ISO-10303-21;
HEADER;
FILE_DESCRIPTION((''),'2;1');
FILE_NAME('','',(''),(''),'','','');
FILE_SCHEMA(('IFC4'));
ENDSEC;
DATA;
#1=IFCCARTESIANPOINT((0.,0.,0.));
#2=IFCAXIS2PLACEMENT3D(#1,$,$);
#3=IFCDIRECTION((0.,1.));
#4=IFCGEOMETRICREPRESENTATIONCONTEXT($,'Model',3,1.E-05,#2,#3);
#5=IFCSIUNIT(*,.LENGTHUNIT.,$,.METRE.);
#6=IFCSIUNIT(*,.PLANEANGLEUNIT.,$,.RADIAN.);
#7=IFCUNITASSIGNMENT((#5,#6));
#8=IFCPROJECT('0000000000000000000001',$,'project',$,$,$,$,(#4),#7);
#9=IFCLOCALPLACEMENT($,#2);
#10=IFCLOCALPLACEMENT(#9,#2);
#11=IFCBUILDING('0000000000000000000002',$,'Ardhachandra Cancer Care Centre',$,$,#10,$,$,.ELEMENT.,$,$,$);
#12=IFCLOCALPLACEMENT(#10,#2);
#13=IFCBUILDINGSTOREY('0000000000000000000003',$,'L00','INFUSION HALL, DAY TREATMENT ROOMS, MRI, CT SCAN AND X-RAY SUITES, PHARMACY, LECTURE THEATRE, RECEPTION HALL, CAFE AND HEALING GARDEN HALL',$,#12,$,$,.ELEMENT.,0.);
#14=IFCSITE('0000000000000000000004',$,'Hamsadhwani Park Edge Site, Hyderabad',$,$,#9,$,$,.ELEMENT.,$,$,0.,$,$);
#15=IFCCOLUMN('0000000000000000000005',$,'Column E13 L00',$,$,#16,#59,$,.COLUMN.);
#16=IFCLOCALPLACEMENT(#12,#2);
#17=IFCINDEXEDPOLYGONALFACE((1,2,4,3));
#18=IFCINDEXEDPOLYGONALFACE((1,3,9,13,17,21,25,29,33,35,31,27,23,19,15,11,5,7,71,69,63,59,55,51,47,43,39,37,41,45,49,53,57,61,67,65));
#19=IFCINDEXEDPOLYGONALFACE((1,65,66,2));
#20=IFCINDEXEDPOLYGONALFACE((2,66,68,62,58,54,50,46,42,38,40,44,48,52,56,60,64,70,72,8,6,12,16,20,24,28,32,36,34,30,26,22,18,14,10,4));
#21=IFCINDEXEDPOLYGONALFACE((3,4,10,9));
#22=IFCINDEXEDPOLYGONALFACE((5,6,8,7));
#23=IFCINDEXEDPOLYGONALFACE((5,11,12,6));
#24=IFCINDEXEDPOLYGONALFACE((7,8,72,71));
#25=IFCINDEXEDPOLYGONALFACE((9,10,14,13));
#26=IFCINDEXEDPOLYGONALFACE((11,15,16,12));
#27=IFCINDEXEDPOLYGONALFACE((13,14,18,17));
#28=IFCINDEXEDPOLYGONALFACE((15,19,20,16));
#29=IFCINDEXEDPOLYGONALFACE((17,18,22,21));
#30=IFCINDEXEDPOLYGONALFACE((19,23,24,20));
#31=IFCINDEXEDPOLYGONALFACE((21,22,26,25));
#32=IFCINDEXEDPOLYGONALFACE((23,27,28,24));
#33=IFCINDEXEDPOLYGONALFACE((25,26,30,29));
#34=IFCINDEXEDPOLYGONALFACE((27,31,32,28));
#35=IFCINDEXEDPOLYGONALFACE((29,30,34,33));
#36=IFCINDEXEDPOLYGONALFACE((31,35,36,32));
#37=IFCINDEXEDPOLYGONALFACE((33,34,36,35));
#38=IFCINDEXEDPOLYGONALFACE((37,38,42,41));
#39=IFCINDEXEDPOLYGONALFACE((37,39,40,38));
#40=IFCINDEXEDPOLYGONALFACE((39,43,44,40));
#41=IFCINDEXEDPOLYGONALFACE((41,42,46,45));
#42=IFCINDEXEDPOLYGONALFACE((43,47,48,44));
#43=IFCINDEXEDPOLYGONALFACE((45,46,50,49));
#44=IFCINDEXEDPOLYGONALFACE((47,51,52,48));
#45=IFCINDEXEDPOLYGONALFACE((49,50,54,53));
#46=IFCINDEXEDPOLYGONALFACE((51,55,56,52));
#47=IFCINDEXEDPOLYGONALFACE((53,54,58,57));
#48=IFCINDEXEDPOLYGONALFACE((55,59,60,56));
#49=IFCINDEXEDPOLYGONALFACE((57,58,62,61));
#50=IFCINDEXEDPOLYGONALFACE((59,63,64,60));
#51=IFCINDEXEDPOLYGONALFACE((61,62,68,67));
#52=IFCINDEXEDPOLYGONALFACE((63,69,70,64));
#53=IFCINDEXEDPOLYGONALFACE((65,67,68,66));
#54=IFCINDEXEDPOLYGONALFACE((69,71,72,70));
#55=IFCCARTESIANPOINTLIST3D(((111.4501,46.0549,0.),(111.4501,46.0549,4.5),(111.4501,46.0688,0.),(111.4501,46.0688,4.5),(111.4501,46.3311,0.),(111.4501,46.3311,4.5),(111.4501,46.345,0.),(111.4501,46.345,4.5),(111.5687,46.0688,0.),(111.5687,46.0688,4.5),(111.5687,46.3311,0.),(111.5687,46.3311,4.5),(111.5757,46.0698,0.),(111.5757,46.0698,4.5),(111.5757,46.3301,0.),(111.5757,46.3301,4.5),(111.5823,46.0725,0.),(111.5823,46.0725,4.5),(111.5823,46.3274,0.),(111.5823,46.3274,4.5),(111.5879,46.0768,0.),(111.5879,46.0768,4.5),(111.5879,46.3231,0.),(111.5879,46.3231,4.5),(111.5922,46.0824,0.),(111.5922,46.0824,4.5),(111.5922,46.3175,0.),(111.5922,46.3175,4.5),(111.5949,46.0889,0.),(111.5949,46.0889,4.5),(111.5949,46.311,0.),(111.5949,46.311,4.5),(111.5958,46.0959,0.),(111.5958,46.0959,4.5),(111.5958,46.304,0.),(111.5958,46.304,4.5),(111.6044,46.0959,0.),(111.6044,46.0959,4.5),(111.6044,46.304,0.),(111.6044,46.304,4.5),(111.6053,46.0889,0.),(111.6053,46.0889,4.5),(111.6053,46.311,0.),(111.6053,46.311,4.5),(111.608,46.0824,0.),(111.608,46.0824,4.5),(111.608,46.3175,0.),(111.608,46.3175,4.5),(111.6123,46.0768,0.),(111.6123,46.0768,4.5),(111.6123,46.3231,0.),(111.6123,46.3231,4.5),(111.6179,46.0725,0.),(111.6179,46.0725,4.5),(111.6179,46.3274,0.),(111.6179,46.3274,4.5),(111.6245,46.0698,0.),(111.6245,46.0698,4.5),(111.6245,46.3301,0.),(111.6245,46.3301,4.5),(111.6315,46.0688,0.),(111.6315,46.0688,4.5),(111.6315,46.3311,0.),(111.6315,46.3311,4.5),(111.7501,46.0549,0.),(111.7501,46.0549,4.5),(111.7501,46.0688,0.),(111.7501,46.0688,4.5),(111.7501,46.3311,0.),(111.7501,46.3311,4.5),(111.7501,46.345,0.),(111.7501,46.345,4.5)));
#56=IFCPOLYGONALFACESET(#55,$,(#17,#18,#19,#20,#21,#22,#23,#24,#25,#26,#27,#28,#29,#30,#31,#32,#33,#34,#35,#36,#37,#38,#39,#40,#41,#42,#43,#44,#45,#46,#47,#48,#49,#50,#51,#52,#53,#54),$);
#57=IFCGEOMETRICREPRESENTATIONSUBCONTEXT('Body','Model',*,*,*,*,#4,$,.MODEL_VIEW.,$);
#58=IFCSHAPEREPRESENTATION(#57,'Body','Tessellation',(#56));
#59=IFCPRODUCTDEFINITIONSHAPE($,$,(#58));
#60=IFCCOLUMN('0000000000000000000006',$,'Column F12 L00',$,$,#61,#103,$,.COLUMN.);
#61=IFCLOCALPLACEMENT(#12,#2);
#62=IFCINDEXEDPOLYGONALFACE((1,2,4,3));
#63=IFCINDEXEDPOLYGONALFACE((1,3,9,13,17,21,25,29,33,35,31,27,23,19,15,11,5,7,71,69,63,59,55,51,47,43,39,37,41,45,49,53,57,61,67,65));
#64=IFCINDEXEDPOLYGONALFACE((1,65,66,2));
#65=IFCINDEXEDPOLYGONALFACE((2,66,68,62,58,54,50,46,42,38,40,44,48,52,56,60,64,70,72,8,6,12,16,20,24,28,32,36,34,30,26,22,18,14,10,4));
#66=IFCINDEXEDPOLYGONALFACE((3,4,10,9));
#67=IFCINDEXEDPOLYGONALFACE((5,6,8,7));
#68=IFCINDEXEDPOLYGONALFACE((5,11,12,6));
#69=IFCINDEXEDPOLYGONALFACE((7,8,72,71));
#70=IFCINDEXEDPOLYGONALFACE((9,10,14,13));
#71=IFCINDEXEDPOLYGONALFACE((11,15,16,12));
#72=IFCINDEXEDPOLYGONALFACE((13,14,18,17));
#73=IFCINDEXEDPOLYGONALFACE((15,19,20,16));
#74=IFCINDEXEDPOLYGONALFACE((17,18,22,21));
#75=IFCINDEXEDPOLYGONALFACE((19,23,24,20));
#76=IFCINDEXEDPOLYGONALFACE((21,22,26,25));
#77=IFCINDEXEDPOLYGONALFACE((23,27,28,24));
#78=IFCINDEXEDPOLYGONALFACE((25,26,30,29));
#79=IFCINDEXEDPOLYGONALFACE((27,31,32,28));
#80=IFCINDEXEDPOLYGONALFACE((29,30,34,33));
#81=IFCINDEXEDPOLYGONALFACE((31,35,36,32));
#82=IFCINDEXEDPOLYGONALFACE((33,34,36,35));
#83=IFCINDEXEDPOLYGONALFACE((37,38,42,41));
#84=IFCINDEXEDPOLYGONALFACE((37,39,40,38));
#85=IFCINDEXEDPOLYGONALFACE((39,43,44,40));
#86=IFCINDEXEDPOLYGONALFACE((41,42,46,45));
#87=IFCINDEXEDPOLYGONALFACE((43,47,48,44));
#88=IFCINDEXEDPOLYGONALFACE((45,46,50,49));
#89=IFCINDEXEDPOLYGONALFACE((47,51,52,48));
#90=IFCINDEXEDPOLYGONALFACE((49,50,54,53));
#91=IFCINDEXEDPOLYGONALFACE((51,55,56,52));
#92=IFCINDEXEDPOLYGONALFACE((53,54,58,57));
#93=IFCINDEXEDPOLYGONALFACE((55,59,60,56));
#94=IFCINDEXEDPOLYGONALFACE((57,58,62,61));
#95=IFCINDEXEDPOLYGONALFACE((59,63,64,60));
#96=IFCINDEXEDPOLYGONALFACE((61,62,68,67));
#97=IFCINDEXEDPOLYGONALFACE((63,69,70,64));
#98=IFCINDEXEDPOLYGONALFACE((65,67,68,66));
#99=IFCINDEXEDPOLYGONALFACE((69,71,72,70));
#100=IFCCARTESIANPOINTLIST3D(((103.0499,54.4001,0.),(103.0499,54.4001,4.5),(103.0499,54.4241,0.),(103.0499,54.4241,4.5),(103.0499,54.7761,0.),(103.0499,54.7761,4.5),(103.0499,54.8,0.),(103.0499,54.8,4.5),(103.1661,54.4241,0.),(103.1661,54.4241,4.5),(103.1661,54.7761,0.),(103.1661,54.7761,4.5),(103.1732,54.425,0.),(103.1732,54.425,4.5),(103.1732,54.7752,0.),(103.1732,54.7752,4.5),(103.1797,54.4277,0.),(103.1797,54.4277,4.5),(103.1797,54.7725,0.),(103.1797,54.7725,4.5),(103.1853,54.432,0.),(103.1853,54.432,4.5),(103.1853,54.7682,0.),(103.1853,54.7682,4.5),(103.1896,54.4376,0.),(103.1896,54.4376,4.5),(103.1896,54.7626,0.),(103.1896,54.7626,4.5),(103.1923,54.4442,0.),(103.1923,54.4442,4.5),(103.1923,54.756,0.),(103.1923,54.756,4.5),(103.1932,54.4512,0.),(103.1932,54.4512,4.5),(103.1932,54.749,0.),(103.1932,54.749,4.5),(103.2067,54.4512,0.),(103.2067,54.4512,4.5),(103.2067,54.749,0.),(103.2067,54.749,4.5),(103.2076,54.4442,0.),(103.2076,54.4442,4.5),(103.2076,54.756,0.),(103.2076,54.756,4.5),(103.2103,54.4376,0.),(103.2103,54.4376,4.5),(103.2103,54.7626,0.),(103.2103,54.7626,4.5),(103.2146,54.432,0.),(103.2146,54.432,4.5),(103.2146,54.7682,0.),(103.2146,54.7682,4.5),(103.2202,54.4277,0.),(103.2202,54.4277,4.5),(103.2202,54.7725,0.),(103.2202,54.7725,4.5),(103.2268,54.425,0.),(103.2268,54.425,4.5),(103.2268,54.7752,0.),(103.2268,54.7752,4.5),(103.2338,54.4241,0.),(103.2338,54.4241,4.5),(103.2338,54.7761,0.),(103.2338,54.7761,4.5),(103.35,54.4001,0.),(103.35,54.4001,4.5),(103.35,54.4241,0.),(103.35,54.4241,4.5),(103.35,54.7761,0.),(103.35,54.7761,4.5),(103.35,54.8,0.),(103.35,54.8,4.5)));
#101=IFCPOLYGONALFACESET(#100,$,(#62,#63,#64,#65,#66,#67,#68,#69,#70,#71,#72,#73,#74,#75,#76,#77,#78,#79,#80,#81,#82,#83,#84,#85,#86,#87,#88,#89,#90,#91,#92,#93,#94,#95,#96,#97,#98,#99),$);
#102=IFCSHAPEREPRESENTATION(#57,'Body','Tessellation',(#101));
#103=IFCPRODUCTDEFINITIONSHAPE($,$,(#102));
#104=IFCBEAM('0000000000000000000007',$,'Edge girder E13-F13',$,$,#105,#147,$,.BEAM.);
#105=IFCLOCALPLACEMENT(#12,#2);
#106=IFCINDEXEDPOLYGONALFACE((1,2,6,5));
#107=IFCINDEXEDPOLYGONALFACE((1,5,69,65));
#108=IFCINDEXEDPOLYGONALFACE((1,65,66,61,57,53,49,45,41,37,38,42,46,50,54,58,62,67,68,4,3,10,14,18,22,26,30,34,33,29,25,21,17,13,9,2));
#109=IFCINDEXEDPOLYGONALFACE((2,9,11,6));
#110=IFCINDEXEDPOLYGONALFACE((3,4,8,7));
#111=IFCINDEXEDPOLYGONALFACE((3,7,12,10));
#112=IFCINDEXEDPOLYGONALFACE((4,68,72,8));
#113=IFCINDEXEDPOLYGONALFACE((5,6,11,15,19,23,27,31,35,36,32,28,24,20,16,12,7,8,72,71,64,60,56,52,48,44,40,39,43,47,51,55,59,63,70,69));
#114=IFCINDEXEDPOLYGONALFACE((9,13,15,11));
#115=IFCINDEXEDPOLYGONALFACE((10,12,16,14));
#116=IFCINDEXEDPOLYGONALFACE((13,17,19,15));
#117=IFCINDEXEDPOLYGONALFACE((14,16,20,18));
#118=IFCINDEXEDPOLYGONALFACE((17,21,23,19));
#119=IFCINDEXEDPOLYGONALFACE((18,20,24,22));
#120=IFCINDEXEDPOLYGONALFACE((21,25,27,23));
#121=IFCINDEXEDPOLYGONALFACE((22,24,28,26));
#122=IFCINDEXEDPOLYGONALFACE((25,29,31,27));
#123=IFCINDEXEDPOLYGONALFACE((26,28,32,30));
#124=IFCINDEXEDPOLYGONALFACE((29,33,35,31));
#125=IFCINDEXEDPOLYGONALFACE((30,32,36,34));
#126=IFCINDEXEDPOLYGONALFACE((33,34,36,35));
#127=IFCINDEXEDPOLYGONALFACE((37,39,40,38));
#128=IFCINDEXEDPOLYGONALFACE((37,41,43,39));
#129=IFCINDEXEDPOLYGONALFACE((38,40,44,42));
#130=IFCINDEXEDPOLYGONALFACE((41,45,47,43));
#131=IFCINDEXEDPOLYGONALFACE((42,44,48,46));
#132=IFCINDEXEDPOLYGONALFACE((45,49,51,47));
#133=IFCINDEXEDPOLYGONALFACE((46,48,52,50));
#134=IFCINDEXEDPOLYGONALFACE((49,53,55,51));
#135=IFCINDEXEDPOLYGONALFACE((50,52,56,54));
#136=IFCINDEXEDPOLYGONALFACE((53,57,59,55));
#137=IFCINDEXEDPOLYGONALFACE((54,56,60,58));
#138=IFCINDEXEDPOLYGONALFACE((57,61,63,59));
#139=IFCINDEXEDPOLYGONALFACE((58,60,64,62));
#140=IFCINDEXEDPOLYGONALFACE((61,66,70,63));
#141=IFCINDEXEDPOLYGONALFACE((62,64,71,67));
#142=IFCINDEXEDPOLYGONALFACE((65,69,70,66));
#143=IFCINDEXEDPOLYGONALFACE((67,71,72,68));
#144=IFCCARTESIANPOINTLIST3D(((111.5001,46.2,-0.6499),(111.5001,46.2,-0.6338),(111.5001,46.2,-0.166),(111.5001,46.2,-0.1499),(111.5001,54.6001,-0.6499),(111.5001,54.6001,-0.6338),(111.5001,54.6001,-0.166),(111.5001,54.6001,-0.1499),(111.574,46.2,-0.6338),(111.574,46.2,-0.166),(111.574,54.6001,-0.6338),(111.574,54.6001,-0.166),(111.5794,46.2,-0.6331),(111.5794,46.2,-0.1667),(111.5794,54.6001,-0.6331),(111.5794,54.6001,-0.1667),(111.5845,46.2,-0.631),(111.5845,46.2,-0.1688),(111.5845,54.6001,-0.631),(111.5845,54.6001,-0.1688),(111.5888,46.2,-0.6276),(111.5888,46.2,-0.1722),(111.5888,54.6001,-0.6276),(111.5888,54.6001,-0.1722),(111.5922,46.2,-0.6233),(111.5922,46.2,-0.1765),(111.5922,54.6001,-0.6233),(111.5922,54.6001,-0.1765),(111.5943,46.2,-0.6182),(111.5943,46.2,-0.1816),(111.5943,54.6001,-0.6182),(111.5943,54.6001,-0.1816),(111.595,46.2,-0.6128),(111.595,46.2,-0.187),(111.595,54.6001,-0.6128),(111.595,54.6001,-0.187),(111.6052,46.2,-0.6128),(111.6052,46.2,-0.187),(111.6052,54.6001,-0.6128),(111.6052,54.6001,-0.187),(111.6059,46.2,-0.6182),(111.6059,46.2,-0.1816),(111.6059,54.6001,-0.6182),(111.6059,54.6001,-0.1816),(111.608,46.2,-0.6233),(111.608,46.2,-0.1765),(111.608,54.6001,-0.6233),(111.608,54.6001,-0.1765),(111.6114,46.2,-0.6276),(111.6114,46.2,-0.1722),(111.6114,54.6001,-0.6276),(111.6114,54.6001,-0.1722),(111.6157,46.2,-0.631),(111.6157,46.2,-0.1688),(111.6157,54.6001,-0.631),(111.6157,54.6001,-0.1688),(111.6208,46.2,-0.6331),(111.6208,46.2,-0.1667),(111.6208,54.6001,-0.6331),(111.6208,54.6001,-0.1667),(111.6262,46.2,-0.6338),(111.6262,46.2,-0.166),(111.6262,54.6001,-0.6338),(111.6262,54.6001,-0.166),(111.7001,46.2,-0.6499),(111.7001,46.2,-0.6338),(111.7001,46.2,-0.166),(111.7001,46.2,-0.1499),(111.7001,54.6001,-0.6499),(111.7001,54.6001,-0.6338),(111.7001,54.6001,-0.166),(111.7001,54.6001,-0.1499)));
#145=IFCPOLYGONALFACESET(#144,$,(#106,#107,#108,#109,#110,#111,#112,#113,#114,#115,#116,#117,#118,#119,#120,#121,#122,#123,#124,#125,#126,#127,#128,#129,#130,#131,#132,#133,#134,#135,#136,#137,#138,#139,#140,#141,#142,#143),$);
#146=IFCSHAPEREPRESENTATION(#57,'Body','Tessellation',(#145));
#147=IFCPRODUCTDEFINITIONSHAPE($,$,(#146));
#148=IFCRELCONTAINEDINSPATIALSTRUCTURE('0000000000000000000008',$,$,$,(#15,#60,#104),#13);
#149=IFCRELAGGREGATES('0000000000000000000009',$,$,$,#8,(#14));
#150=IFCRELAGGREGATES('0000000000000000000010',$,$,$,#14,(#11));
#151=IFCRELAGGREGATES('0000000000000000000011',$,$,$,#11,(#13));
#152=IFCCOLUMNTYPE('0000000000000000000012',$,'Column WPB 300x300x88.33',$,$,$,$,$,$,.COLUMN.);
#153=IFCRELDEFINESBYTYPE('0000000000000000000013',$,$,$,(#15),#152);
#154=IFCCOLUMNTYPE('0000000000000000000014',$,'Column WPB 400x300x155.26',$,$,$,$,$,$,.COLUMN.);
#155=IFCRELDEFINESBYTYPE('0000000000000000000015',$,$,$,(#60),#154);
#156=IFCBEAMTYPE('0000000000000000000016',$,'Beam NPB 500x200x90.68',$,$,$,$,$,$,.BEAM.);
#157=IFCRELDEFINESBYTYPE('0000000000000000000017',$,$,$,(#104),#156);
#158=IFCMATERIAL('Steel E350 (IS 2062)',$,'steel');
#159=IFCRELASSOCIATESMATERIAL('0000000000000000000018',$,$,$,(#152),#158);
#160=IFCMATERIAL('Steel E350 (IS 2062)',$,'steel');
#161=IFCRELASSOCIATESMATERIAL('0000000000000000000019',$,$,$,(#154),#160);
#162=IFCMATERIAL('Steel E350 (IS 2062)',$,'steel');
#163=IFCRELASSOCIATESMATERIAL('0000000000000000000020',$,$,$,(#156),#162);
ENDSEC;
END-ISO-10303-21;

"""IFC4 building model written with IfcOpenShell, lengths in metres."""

from ifc_helpers import new_model, si_unit, direction, frame, origin, origin_2d, place, context, subcontext, project, spatial, i_section, extrude, material, material_profile, profile_set, type_object, element, save


model = new_model("IFC4")

# Units and contexts
model_context = context("Model", 3, precision=1e-05, world=origin(), true_north=direction((0.0, 1.0)))
body_context = subcontext(model_context, "Body", "Model", "MODEL_VIEW")
ifc_project = project(units=[si_unit("LENGTHUNIT", "METRE"), si_unit("PLANEANGLEUNIT", "RADIAN")], contexts=[model_context])

# Site, building, storey
site_placement = place(None, origin())
site = spatial("IfcSite", under=ifc_project, at=site_placement, Name="Hamsadhwani Park Edge Site, Hyderabad", CompositionType="ELEMENT", RefElevation=0.0)
building_placement = place(site_placement, origin())
building = spatial("IfcBuilding", under=site, at=building_placement, Name="Ardhachandra Cancer Care Centre", CompositionType="ELEMENT")
storey_placement = place(building_placement, origin())
storey = spatial("IfcBuildingStorey", under=building, at=storey_placement, Name="L00", Description="INFUSION HALL, DAY TREATMENT ROOMS, MRI, CT SCAN AND X-RAY SUITES, PHARMACY, LECTURE THEATRE, RECEPTION HALL, CAFE AND HEALING GARDEN HALL", CompositionType="ELEMENT", Elevation=0.0)

# Columns
ifc_material_1 = material(Name="Steel E350 (IS 2062)", Category="steel")
ifc_material_profile_1 = material_profile(ifc_material_1, i_section(OverallWidth=0.3, OverallDepth=0.29, WebThickness=0.0085, FlangeThickness=0.0139, FilletRadius=0.0271, at=origin_2d()), Name="WPB 300x300x88.33")
ifc_profile_set_1 = profile_set([ifc_material_profile_1], Name="Steel E350 (IS 2062)")
column_type_1 = type_object("IfcColumnType", Name="Column WPB 300x300x88.33", PredefinedType="COLUMN", material=ifc_profile_set_1)
column_1_placement = place(storey_placement, frame((111.6001, 46.2, 0.0), z_axis=(0.0, 0.0, 1.0), x_axis=(1.0, 0.0, 0.0)))
element("IfcColumn", 1, at=column_1_placement, inside=storey, type_object=column_type_1, Name="Column E13 L00", PredefinedType="COLUMN", context=body_context, shape_type="SweptSolid", body=[
    extrude(i_section(OverallWidth=0.3, OverallDepth=0.29, WebThickness=0.0085, FlangeThickness=0.0139, FilletRadius=0.0271, at=origin_2d()), origin(), (0.0, 0.0, 1.0), 4.5),
])
ifc_material_2 = material(Name="Steel E350 (IS 2062)", Category="steel")
ifc_material_profile_2 = material_profile(ifc_material_2, i_section(OverallWidth=0.3, OverallDepth=0.3999, WebThickness=0.0134, FlangeThickness=0.0239, FilletRadius=0.0271, at=origin_2d()), Name="WPB 400x300x155.26")
ifc_profile_set_2 = profile_set([ifc_material_profile_2], Name="Steel E350 (IS 2062)")
column_type_2 = type_object("IfcColumnType", Name="Column WPB 400x300x155.26", PredefinedType="COLUMN", material=ifc_profile_set_2)
column_2_placement = place(storey_placement, frame((103.2, 54.6001, 0.0), z_axis=(0.0, 0.0, 1.0), x_axis=(1.0, 0.0, 0.0)))
element("IfcColumn", 2, at=column_2_placement, inside=storey, type_object=column_type_2, Name="Column F12 L00", PredefinedType="COLUMN", context=body_context, shape_type="SweptSolid", body=[
    extrude(i_section(OverallWidth=0.3, OverallDepth=0.3999, WebThickness=0.0134, FlangeThickness=0.0239, FilletRadius=0.0271, at=origin_2d()), origin(), (0.0, 0.0, 1.0), 4.5),
])

# Beam
ifc_material_3 = material(Name="Steel E350 (IS 2062)", Category="steel")
ifc_material_profile_3 = material_profile(ifc_material_3, i_section(OverallWidth=0.2, OverallDepth=0.5, WebThickness=0.0103, FlangeThickness=0.0161, FilletRadius=0.021, at=origin_2d()), Name="NPB 500x200x90.68")
ifc_profile_set_3 = profile_set([ifc_material_profile_3], Name="Steel E350 (IS 2062)")
beam_type_1 = type_object("IfcBeamType", Name="Beam NPB 500x200x90.68", PredefinedType="BEAM", material=ifc_profile_set_3)
beam_1_placement = place(storey_placement, frame((111.6001, 46.2, -0.3999), z_axis=(0.0, 1.0, 0.0), x_axis=(-1.0, 0.0, 0.0)))
element("IfcBeam", 3, at=beam_1_placement, inside=storey, type_object=beam_type_1, Name="Edge girder E13-F13", PredefinedType="BEAM", context=body_context, shape_type="SweptSolid", body=[
    extrude(i_section(OverallWidth=0.2, OverallDepth=0.5, WebThickness=0.0103, FlangeThickness=0.0161, FilletRadius=0.021, at=origin_2d()), origin(), (0.0, 0.0, 1.0), 8.4001),
])

save(model, "model.ifc")
